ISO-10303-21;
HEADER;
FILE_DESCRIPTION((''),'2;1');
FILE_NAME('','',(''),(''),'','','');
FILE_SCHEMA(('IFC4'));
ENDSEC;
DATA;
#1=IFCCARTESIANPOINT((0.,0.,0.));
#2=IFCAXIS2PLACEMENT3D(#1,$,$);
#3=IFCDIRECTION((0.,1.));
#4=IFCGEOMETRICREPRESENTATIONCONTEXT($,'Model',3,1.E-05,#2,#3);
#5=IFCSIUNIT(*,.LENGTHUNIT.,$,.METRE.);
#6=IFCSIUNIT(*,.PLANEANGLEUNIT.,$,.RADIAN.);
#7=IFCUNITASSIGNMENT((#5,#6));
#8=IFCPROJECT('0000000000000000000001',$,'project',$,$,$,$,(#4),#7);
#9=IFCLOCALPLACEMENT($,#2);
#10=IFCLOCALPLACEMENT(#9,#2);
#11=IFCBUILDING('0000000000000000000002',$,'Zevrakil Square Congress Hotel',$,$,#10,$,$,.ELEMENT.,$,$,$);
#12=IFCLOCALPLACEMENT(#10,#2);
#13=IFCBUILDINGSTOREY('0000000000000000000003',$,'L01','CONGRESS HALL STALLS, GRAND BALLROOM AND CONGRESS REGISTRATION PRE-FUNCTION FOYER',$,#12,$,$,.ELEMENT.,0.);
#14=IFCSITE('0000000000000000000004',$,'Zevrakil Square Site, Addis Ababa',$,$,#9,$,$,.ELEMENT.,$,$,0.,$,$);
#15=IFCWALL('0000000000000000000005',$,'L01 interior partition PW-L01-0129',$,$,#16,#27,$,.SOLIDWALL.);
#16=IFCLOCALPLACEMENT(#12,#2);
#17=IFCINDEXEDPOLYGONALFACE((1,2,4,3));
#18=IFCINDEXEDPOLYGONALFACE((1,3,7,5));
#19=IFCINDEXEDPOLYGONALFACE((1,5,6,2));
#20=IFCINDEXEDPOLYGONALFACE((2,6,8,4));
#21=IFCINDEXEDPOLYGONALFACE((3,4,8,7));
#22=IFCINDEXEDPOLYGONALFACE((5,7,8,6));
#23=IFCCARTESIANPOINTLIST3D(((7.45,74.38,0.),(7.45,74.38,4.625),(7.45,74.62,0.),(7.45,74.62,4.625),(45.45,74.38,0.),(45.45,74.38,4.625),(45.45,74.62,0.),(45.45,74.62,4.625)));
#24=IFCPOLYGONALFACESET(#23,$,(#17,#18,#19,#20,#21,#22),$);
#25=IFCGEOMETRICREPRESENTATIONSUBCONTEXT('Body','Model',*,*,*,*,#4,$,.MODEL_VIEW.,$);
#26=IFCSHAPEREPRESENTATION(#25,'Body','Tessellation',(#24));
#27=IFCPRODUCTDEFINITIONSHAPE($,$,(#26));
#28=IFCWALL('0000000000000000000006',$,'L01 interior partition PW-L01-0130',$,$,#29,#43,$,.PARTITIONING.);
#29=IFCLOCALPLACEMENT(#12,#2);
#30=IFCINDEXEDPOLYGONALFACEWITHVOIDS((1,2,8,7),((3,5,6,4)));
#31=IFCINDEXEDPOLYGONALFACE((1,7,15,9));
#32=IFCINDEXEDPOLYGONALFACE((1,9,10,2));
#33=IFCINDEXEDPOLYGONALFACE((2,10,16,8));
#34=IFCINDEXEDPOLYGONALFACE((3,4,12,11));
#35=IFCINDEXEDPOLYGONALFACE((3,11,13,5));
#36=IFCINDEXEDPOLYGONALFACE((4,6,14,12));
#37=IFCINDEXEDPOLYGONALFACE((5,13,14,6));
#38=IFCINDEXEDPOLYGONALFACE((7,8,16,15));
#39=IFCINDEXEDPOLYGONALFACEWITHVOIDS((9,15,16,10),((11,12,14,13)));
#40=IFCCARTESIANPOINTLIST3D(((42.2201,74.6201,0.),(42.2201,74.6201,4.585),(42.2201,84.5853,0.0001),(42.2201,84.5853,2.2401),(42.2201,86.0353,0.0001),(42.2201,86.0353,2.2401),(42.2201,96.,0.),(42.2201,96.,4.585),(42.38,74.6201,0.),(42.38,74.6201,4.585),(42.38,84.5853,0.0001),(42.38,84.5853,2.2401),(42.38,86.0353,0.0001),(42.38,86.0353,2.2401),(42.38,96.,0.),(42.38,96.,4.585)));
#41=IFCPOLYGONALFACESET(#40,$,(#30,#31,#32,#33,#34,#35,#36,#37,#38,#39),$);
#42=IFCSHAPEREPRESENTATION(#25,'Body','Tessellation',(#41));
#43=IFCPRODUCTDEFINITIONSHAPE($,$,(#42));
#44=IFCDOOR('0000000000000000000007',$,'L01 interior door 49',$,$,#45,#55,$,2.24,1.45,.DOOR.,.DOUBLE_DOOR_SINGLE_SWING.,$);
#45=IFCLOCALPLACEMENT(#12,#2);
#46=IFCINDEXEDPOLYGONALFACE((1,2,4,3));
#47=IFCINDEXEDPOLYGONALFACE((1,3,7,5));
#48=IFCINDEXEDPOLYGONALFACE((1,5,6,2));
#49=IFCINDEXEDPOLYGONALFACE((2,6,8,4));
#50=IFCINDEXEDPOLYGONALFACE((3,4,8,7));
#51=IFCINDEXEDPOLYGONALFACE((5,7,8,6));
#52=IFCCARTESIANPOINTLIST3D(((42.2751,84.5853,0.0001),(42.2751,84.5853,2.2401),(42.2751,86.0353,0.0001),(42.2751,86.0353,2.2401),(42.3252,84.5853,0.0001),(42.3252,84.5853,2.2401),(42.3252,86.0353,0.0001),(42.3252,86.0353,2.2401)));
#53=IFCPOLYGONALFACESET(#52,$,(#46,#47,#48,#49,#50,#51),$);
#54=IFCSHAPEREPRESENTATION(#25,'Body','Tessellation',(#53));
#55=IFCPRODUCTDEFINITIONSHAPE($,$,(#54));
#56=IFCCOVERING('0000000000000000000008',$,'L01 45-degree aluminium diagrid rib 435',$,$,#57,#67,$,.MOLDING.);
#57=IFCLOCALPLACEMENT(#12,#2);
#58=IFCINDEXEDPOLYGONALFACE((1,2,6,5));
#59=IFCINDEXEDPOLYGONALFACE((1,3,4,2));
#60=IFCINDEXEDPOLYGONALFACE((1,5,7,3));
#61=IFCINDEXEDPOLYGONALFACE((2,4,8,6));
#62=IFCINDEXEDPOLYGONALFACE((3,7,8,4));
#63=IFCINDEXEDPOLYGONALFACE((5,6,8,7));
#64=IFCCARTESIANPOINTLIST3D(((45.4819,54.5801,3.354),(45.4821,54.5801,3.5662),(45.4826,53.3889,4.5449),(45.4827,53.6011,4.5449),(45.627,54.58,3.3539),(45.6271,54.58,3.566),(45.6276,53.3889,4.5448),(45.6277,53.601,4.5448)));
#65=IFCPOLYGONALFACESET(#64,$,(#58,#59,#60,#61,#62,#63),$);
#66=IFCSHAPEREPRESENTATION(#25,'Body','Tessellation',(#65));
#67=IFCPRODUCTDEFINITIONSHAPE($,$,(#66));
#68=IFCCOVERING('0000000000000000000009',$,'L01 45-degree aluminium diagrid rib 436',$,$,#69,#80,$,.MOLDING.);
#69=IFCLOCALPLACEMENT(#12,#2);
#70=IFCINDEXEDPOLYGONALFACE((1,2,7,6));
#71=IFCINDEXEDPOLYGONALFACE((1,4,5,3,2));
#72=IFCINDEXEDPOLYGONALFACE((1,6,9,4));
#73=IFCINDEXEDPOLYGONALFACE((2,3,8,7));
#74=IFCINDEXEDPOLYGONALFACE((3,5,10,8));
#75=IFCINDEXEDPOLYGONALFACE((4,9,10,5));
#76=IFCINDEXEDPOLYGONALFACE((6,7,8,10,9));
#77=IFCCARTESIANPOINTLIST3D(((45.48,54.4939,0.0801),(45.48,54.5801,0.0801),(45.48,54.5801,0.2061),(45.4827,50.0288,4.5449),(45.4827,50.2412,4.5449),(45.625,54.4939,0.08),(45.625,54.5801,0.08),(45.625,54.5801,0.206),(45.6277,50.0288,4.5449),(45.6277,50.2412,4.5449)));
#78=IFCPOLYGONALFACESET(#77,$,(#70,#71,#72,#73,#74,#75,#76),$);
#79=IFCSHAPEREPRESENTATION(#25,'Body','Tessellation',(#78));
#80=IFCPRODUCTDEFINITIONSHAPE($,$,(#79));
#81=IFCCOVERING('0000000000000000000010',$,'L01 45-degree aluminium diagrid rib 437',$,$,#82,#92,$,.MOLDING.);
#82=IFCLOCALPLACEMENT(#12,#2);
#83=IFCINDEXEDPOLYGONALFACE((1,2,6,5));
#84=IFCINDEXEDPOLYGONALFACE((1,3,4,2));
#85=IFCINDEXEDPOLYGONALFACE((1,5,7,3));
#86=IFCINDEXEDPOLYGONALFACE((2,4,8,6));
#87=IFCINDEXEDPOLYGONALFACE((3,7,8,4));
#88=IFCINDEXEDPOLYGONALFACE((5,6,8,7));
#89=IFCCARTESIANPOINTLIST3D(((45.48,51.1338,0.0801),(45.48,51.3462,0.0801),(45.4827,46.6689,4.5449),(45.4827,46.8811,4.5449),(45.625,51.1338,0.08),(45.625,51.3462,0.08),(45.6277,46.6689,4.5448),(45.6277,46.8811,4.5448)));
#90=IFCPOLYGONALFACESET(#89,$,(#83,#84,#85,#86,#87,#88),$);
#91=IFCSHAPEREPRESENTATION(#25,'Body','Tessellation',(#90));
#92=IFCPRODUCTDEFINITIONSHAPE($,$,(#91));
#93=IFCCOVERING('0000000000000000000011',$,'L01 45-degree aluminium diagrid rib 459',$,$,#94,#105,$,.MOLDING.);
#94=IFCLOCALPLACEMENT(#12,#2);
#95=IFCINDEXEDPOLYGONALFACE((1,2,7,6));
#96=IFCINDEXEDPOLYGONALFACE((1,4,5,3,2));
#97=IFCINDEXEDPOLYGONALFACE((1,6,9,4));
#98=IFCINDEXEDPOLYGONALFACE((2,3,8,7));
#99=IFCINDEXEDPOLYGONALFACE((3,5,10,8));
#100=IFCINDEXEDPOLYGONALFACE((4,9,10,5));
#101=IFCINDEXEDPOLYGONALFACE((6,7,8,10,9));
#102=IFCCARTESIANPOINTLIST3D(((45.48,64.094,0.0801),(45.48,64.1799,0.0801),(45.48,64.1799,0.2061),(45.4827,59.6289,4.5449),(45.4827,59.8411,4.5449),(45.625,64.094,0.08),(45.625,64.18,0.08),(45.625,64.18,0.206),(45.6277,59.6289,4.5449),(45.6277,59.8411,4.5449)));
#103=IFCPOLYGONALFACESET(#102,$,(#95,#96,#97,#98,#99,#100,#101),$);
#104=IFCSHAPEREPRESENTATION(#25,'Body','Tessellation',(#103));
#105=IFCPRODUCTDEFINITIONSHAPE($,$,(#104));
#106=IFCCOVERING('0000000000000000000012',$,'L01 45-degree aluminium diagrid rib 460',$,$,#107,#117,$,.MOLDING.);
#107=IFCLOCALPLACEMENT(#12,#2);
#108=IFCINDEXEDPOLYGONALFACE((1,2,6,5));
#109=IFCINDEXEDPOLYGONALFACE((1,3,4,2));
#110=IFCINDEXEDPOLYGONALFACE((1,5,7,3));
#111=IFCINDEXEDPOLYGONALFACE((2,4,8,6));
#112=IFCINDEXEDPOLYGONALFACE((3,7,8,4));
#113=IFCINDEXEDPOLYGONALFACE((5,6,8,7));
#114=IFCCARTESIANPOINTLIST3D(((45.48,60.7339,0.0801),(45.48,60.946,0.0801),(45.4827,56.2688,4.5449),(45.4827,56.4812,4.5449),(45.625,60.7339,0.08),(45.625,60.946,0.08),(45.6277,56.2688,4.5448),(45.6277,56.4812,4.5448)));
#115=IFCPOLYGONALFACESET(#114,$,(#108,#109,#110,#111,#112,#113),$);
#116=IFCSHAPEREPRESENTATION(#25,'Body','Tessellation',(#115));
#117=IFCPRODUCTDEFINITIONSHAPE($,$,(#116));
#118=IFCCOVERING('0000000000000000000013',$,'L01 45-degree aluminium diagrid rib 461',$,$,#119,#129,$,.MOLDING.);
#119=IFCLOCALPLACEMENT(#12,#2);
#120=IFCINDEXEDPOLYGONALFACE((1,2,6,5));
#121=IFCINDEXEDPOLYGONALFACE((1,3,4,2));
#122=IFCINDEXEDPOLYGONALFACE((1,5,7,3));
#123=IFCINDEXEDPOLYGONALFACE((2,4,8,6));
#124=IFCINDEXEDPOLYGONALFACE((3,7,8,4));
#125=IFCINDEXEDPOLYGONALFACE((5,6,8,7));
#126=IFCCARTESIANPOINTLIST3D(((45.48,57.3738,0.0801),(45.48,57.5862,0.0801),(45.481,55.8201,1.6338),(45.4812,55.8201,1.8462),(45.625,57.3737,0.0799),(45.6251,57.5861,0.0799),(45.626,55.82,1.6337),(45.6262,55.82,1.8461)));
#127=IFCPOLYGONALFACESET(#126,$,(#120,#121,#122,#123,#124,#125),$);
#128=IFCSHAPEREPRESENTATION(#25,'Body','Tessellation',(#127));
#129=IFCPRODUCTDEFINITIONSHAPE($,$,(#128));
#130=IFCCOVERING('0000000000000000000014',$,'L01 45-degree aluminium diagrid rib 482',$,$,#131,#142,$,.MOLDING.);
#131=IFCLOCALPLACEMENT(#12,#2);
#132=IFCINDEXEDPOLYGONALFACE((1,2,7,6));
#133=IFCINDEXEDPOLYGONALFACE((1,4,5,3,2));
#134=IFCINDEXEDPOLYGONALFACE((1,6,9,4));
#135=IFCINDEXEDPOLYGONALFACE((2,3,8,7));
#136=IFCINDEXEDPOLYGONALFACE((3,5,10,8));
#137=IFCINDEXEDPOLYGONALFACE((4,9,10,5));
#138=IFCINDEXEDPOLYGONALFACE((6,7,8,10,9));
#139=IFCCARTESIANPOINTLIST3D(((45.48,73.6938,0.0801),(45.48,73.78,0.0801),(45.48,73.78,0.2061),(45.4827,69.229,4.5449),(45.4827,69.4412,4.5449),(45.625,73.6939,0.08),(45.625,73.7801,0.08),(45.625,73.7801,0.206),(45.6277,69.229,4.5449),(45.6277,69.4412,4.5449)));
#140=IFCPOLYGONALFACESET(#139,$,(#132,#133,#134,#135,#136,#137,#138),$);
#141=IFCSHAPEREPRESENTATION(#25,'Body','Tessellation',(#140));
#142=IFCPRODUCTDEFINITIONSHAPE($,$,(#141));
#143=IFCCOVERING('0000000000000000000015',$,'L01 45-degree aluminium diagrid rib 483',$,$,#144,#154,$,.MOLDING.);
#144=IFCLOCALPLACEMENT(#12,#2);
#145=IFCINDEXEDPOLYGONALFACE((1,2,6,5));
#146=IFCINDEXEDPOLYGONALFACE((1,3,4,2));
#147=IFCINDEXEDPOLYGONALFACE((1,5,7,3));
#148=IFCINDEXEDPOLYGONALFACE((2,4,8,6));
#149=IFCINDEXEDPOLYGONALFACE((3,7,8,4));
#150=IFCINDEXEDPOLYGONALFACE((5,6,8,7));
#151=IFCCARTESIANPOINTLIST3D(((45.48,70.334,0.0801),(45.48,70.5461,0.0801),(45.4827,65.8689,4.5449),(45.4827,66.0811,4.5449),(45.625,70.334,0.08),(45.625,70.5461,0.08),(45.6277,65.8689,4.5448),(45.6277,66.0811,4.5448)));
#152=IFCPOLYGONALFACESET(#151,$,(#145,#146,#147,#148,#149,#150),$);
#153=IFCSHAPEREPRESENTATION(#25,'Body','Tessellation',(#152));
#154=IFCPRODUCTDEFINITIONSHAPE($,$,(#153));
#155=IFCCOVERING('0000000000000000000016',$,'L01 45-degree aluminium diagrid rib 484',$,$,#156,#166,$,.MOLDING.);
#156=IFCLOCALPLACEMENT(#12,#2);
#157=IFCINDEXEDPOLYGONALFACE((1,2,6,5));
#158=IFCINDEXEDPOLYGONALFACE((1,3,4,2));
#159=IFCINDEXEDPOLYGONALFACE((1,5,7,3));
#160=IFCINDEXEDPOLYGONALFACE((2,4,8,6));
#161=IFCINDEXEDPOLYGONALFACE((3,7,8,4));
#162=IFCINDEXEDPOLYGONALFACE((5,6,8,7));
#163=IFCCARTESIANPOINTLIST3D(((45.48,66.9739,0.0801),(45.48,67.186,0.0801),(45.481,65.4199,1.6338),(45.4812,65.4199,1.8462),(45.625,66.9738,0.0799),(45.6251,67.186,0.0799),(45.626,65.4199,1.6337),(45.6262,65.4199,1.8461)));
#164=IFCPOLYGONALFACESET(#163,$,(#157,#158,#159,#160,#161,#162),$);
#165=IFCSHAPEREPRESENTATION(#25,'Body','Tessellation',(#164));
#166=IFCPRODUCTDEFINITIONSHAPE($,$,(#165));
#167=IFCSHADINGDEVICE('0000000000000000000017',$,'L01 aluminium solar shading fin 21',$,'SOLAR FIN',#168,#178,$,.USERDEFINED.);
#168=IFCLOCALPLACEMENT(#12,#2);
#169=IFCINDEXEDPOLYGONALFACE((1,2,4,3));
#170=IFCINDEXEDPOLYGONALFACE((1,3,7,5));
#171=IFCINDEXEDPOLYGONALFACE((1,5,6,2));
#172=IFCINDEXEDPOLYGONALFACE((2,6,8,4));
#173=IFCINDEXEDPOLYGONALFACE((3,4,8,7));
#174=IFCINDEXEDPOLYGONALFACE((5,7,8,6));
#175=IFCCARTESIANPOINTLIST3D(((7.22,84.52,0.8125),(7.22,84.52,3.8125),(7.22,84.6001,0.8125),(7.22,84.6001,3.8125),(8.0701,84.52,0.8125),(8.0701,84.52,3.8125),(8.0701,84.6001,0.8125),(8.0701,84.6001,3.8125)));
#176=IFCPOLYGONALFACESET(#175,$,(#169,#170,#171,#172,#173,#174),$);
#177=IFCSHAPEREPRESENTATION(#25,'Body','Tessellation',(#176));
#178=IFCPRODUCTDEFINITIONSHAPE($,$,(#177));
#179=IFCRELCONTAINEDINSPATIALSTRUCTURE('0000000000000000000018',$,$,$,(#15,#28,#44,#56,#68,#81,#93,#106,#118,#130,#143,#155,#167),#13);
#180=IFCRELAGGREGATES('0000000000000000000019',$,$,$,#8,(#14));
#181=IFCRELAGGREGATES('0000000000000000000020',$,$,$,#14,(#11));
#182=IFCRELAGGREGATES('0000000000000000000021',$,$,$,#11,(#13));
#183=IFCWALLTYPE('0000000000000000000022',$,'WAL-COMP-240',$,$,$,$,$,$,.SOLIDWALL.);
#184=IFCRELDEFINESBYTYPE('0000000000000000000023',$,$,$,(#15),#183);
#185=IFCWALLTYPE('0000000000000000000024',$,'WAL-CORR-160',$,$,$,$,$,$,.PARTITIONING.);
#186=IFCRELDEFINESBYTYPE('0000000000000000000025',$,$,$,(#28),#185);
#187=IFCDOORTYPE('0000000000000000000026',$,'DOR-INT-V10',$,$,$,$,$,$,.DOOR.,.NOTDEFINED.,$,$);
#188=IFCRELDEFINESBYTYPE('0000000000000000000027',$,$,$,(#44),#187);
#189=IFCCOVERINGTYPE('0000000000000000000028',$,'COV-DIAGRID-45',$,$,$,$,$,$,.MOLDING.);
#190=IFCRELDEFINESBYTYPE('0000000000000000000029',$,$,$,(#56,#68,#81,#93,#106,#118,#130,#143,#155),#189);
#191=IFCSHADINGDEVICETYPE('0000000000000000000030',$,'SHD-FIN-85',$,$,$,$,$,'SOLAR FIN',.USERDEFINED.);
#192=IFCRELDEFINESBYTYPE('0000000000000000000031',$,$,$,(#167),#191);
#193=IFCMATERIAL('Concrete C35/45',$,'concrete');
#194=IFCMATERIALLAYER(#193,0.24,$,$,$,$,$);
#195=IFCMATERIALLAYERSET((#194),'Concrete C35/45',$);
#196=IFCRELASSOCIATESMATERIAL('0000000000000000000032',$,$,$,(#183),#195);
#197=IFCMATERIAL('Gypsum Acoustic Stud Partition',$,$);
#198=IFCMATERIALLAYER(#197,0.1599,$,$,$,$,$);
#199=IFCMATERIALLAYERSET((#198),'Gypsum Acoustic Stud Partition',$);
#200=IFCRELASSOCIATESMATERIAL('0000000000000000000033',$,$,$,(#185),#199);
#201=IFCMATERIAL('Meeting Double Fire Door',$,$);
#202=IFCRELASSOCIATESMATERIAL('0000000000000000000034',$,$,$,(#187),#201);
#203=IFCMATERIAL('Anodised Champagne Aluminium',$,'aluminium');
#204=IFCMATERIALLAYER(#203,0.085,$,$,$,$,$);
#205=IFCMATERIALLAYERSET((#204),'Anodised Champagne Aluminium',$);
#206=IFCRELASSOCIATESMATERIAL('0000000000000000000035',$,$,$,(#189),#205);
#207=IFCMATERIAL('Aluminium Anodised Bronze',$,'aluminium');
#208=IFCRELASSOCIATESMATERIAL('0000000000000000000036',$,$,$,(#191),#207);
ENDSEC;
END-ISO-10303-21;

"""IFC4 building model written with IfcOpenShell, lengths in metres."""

from ifc_helpers import new_model, si_unit, direction, frame, frame_2d, origin, origin_2d, place, context, subcontext, project, spatial, polyline, rectangle, outline, extrude, material, layer, layer_set, type_object, element, fill, save


model = new_model("IFC4")

# Units and contexts
model_context = context("Model", 3, precision=1e-05, world=origin(), true_north=direction((0.0, 1.0)))
body_context = subcontext(model_context, "Body", "Model", "MODEL_VIEW")
ifc_project = project(units=[si_unit("LENGTHUNIT", "METRE"), si_unit("PLANEANGLEUNIT", "RADIAN")], contexts=[model_context])

# Site, building, storey
site_placement = place(None, origin())
site = spatial("IfcSite", under=ifc_project, at=site_placement, Name="Zevrakil Square Site, Addis Ababa", CompositionType="ELEMENT", RefElevation=0.0)
building_placement = place(site_placement, origin())
building = spatial("IfcBuilding", under=site, at=building_placement, Name="Zevrakil Square Congress Hotel", CompositionType="ELEMENT")
storey_placement = place(building_placement, origin())
storey = spatial("IfcBuildingStorey", under=building, at=storey_placement, Name="L01", Description="CONGRESS HALL STALLS, GRAND BALLROOM AND CONGRESS REGISTRATION PRE-FUNCTION FOYER", CompositionType="ELEMENT", Elevation=0.0)

# Wall
ifc_material_1 = material(Name="Concrete C35/45", Category="concrete")
ifc_layer_1 = layer(ifc_material_1, 0.24)
ifc_layer_set_1 = layer_set([ifc_layer_1], Name="Concrete C35/45")
wall_type_1 = type_object("IfcWallType", Name="WAL-COMP-240", PredefinedType="SOLIDWALL", material=ifc_layer_set_1)
wall_1_placement = place(storey_placement, frame((7.45, 74.5, 0.0), z_axis=(0.0, 0.0, 1.0), x_axis=(1.0, 0.0, 0.0)))
element("IfcWall", 1, at=wall_1_placement, inside=storey, type_object=wall_type_1, Name="L01 interior partition PW-L01-0129", PredefinedType="SOLIDWALL", context=body_context, shape_type="SweptSolid", body=[
    extrude(rectangle(XDim=38.0, YDim=0.24, at=frame_2d((19.0, 0.0))), origin(), (0.0, 0.0, 1.0), 4.625),
])

# Wall, opening, door
ifc_material_2 = material(Name="Gypsum Acoustic Stud Partition")
ifc_layer_2 = layer(ifc_material_2, 0.1599)
ifc_layer_set_2 = layer_set([ifc_layer_2], Name="Gypsum Acoustic Stud Partition")
wall_type_2 = type_object("IfcWallType", Name="WAL-CORR-160", PredefinedType="PARTITIONING", material=ifc_layer_set_2)
wall_2_placement = place(storey_placement, frame((42.3, 74.6201, 0.0), z_axis=(0.0, 0.0, 1.0), x_axis=(0.0, 1.0, 0.0)))
wall_2 = element("IfcWall", 2, at=wall_2_placement, inside=storey, type_object=wall_type_2, Name="L01 interior partition PW-L01-0130", PredefinedType="PARTITIONING", context=body_context, shape_type="SweptSolid", body=[
    extrude(rectangle(XDim=21.3799, YDim=0.1599, at=frame_2d((10.6899, 0.0))), origin(), (0.0, 0.0, 1.0), 4.585),
])
opening_placement = place(wall_2_placement, frame((9.9651, 0.0, 0.0)))
opening = element("IfcOpeningElement", 3, at=opening_placement, cuts=wall_2, PredefinedType="OPENING", context=body_context, shape_type="SweptSolid", body=[
    extrude(rectangle(XDim=1.45, YDim=2.24, at=frame_2d((0.7251, 1.1201))), frame((0.0, 0.0898, 0.0), z_axis=(0.0, -1.0, 0.0), x_axis=(1.0, 0.0, 0.0)), (0.0, 0.0, 1.0), 0.1799),
])
ifc_material_3 = material(Name="Meeting Double Fire Door")
door_type = type_object("IfcDoorType", Name="DOR-INT-V10", OperationType="NOTDEFINED", PredefinedType="DOOR", material=ifc_material_3)
door_placement = place(opening_placement, origin())
door = element("IfcDoor", 4, at=door_placement, inside=storey, type_object=door_type, Name="L01 interior door 49", OperationType="DOUBLE_DOOR_SINGLE_SWING", OverallHeight=2.24, OverallWidth=1.45, PredefinedType="DOOR", context=body_context, shape_type="SweptSolid", body=[
    extrude(rectangle(XDim=1.45, YDim=2.24, at=frame_2d((0.7251, 1.1201))), frame((0.0, 0.0249, 0.0), z_axis=(0.0, -1.0, 0.0), x_axis=(1.0, 0.0, 0.0)), (0.0, 0.0, 1.0), 0.05),
])
fill(opening, door)

# Coverings
ifc_material_4 = material(Name="Anodised Champagne Aluminium", Category="aluminium")
ifc_layer_3 = layer(ifc_material_4, 0.085)
ifc_layer_set_3 = layer_set([ifc_layer_3], Name="Anodised Champagne Aluminium")
covering_type = type_object("IfcCoveringType", Name="COV-DIAGRID-45", PredefinedType="MOLDING", material=ifc_layer_set_3)
covering_1_placement = place(storey_placement, frame((45.4819, 54.5801, 3.354), z_axis=(-1.0, 0.000294, 0.000857), x_axis=(0.000857, 0.0, 1.0)))
element("IfcCovering", 5, at=covering_1_placement, inside=storey, type_object=covering_type, Name="L01 45-degree aluminium diagrid rib 435", PredefinedType="MOLDING", context=body_context, shape_type="SweptSolid", body=[
    extrude(outline(polyline([(0.0, 0.0), (0.2122, 0.0), (1.1909, -0.979), (1.1909, -1.1912), (0.0, 0.0)])), origin(), (0.0, 0.0, -1.0), 0.145),
])
covering_2_placement = place(storey_placement, frame((45.48, 54.4939, 0.0801), z_axis=(-1.0, -0.00018, 0.000427), x_axis=(-0.00018, 1.0, 0.0)))
element("IfcCovering", 6, at=covering_2_placement, inside=storey, type_object=covering_type, Name="L01 45-degree aluminium diagrid rib 436", PredefinedType="MOLDING", context=body_context, shape_type="SweptSolid", body=[
    extrude(outline(polyline([(0.0, 0.0), (0.0862, 0.0), (0.0862, -0.126), (-4.2527, -4.4648), (-4.4651, -4.4648), (0.0, 0.0)])), origin(), (0.0, 0.0, -1.0), 0.145),
])
covering_3_placement = place(storey_placement, frame((45.48, 51.1338, 0.0801), z_axis=(-1.0, 0.0, 0.000601), x_axis=(0.0, 1.0, 0.0)))
element("IfcCovering", 7, at=covering_3_placement, inside=storey, type_object=covering_type, Name="L01 45-degree aluminium diagrid rib 437", PredefinedType="MOLDING", context=body_context, shape_type="SweptSolid", body=[
    extrude(outline(polyline([(0.0, 0.0), (0.2124, 0.0), (-4.2527, -4.4648), (-4.4648, -4.4648), (0.0, 0.0)])), origin(), (0.0, 0.0, -1.0), 0.145),
])
covering_4_placement = place(storey_placement, frame((45.48, 64.094, 0.0801), z_axis=(-1.0, -0.00018, 0.000426), x_axis=(-0.00018, 1.0, 0.0)))
element("IfcCovering", 8, at=covering_4_placement, inside=storey, type_object=covering_type, Name="L01 45-degree aluminium diagrid rib 459", PredefinedType="MOLDING", context=body_context, shape_type="SweptSolid", body=[
    extrude(outline(polyline([(0.0, 0.0), (0.0859, 0.0), (0.0859, -0.126), (-4.2529, -4.4648), (-4.4651, -4.4648), (0.0, 0.0)])), origin(), (0.0, 0.0, -1.0), 0.145),
])
covering_5_placement = place(storey_placement, frame((45.48, 60.7339, 0.0801), z_axis=(-1.0, 0.0, 0.000601), x_axis=(0.0, 1.0, 0.0)))
element("IfcCovering", 9, at=covering_5_placement, inside=storey, type_object=covering_type, Name="L01 45-degree aluminium diagrid rib 460", PredefinedType="MOLDING", context=body_context, shape_type="SweptSolid", body=[
    extrude(outline(polyline([(0.0, 0.0), (0.2122, 0.0), (-4.2527, -4.4648), (-4.4651, -4.4648), (0.0, 0.0)])), origin(), (0.0, 0.0, -1.0), 0.145),
])
covering_6_placement = place(storey_placement, frame((45.48, 57.3738, 0.0801), z_axis=(-1.0, 0.000244, 0.000906), x_axis=(0.000244, 1.0, 0.0)))
element("IfcCovering", 10, at=covering_6_placement, inside=storey, type_object=covering_type, Name="L01 45-degree aluminium diagrid rib 461", PredefinedType="MOLDING", context=body_context, shape_type="SweptSolid", body=[
    extrude(outline(polyline([(0.0, 0.0), (0.2124, 0.0), (-1.5537, -1.7661), (-1.5537, -1.5537), (0.0, 0.0)])), origin(), (0.0, 0.0, -1.0), 0.145),
])
covering_7_placement = place(storey_placement, frame((45.48, 73.6938, 0.0801), z_axis=(-1.0, -0.00018, 0.000426), x_axis=(-0.00018, 1.0, 0.0)))
element("IfcCovering", 11, at=covering_7_placement, inside=storey, type_object=covering_type, Name="L01 45-degree aluminium diagrid rib 482", PredefinedType="MOLDING", context=body_context, shape_type="SweptSolid", body=[
    extrude(outline(polyline([(0.0, 0.0), (0.0862, 0.0), (0.0862, -0.126), (-4.2527, -4.4648), (-4.4648, -4.4648), (0.0, 0.0)])), origin(), (0.0, 0.0, -1.0), 0.145),
])
covering_8_placement = place(storey_placement, frame((45.48, 70.334, 0.0801), z_axis=(-1.0, 0.0, 0.000601), x_axis=(0.0, 1.0, 0.0)))
element("IfcCovering", 12, at=covering_8_placement, inside=storey, type_object=covering_type, Name="L01 45-degree aluminium diagrid rib 483", PredefinedType="MOLDING", context=body_context, shape_type="SweptSolid", body=[
    extrude(outline(polyline([(0.0, 0.0), (0.2122, 0.0), (-4.2529, -4.4648), (-4.4651, -4.4648), (0.0, 0.0)])), origin(), (0.0, 0.0, -1.0), 0.145),
])
covering_9_placement = place(storey_placement, frame((45.48, 66.9739, 0.0801), z_axis=(-1.0, 0.000244, 0.000906), x_axis=(0.000244, 1.0, 0.0)))
element("IfcCovering", 13, at=covering_9_placement, inside=storey, type_object=covering_type, Name="L01 45-degree aluminium diagrid rib 484", PredefinedType="MOLDING", context=body_context, shape_type="SweptSolid", body=[
    extrude(outline(polyline([(0.0, 0.0), (0.2122, 0.0), (-1.554, -1.7661), (-1.554, -1.5537), (0.0, 0.0)])), origin(), (0.0, 0.0, -1.0), 0.145),
])

# Shading device
ifc_material_5 = material(Name="Aluminium Anodised Bronze", Category="aluminium")
shading_device_type = type_object("IfcShadingDeviceType", Name="SHD-FIN-85", ElementType="SOLAR FIN", PredefinedType="USERDEFINED", material=ifc_material_5)
shading_device_placement = place(storey_placement, frame((7.645, 84.5601, 0.8125), z_axis=(0.0, 0.0, 1.0), x_axis=(1.0, 0.0, 0.0)))
element("IfcShadingDevice", 14, at=shading_device_placement, inside=storey, type_object=shading_device_type, Name="L01 aluminium solar shading fin 21", ObjectType="SOLAR FIN", PredefinedType="USERDEFINED", context=body_context, shape_type="SweptSolid", body=[
    extrude(rectangle(XDim=0.8501, YDim=0.0801, at=origin_2d()), origin(), (0.0, 0.0, 1.0), 3.0),
])

save(model, "model.ifc")
